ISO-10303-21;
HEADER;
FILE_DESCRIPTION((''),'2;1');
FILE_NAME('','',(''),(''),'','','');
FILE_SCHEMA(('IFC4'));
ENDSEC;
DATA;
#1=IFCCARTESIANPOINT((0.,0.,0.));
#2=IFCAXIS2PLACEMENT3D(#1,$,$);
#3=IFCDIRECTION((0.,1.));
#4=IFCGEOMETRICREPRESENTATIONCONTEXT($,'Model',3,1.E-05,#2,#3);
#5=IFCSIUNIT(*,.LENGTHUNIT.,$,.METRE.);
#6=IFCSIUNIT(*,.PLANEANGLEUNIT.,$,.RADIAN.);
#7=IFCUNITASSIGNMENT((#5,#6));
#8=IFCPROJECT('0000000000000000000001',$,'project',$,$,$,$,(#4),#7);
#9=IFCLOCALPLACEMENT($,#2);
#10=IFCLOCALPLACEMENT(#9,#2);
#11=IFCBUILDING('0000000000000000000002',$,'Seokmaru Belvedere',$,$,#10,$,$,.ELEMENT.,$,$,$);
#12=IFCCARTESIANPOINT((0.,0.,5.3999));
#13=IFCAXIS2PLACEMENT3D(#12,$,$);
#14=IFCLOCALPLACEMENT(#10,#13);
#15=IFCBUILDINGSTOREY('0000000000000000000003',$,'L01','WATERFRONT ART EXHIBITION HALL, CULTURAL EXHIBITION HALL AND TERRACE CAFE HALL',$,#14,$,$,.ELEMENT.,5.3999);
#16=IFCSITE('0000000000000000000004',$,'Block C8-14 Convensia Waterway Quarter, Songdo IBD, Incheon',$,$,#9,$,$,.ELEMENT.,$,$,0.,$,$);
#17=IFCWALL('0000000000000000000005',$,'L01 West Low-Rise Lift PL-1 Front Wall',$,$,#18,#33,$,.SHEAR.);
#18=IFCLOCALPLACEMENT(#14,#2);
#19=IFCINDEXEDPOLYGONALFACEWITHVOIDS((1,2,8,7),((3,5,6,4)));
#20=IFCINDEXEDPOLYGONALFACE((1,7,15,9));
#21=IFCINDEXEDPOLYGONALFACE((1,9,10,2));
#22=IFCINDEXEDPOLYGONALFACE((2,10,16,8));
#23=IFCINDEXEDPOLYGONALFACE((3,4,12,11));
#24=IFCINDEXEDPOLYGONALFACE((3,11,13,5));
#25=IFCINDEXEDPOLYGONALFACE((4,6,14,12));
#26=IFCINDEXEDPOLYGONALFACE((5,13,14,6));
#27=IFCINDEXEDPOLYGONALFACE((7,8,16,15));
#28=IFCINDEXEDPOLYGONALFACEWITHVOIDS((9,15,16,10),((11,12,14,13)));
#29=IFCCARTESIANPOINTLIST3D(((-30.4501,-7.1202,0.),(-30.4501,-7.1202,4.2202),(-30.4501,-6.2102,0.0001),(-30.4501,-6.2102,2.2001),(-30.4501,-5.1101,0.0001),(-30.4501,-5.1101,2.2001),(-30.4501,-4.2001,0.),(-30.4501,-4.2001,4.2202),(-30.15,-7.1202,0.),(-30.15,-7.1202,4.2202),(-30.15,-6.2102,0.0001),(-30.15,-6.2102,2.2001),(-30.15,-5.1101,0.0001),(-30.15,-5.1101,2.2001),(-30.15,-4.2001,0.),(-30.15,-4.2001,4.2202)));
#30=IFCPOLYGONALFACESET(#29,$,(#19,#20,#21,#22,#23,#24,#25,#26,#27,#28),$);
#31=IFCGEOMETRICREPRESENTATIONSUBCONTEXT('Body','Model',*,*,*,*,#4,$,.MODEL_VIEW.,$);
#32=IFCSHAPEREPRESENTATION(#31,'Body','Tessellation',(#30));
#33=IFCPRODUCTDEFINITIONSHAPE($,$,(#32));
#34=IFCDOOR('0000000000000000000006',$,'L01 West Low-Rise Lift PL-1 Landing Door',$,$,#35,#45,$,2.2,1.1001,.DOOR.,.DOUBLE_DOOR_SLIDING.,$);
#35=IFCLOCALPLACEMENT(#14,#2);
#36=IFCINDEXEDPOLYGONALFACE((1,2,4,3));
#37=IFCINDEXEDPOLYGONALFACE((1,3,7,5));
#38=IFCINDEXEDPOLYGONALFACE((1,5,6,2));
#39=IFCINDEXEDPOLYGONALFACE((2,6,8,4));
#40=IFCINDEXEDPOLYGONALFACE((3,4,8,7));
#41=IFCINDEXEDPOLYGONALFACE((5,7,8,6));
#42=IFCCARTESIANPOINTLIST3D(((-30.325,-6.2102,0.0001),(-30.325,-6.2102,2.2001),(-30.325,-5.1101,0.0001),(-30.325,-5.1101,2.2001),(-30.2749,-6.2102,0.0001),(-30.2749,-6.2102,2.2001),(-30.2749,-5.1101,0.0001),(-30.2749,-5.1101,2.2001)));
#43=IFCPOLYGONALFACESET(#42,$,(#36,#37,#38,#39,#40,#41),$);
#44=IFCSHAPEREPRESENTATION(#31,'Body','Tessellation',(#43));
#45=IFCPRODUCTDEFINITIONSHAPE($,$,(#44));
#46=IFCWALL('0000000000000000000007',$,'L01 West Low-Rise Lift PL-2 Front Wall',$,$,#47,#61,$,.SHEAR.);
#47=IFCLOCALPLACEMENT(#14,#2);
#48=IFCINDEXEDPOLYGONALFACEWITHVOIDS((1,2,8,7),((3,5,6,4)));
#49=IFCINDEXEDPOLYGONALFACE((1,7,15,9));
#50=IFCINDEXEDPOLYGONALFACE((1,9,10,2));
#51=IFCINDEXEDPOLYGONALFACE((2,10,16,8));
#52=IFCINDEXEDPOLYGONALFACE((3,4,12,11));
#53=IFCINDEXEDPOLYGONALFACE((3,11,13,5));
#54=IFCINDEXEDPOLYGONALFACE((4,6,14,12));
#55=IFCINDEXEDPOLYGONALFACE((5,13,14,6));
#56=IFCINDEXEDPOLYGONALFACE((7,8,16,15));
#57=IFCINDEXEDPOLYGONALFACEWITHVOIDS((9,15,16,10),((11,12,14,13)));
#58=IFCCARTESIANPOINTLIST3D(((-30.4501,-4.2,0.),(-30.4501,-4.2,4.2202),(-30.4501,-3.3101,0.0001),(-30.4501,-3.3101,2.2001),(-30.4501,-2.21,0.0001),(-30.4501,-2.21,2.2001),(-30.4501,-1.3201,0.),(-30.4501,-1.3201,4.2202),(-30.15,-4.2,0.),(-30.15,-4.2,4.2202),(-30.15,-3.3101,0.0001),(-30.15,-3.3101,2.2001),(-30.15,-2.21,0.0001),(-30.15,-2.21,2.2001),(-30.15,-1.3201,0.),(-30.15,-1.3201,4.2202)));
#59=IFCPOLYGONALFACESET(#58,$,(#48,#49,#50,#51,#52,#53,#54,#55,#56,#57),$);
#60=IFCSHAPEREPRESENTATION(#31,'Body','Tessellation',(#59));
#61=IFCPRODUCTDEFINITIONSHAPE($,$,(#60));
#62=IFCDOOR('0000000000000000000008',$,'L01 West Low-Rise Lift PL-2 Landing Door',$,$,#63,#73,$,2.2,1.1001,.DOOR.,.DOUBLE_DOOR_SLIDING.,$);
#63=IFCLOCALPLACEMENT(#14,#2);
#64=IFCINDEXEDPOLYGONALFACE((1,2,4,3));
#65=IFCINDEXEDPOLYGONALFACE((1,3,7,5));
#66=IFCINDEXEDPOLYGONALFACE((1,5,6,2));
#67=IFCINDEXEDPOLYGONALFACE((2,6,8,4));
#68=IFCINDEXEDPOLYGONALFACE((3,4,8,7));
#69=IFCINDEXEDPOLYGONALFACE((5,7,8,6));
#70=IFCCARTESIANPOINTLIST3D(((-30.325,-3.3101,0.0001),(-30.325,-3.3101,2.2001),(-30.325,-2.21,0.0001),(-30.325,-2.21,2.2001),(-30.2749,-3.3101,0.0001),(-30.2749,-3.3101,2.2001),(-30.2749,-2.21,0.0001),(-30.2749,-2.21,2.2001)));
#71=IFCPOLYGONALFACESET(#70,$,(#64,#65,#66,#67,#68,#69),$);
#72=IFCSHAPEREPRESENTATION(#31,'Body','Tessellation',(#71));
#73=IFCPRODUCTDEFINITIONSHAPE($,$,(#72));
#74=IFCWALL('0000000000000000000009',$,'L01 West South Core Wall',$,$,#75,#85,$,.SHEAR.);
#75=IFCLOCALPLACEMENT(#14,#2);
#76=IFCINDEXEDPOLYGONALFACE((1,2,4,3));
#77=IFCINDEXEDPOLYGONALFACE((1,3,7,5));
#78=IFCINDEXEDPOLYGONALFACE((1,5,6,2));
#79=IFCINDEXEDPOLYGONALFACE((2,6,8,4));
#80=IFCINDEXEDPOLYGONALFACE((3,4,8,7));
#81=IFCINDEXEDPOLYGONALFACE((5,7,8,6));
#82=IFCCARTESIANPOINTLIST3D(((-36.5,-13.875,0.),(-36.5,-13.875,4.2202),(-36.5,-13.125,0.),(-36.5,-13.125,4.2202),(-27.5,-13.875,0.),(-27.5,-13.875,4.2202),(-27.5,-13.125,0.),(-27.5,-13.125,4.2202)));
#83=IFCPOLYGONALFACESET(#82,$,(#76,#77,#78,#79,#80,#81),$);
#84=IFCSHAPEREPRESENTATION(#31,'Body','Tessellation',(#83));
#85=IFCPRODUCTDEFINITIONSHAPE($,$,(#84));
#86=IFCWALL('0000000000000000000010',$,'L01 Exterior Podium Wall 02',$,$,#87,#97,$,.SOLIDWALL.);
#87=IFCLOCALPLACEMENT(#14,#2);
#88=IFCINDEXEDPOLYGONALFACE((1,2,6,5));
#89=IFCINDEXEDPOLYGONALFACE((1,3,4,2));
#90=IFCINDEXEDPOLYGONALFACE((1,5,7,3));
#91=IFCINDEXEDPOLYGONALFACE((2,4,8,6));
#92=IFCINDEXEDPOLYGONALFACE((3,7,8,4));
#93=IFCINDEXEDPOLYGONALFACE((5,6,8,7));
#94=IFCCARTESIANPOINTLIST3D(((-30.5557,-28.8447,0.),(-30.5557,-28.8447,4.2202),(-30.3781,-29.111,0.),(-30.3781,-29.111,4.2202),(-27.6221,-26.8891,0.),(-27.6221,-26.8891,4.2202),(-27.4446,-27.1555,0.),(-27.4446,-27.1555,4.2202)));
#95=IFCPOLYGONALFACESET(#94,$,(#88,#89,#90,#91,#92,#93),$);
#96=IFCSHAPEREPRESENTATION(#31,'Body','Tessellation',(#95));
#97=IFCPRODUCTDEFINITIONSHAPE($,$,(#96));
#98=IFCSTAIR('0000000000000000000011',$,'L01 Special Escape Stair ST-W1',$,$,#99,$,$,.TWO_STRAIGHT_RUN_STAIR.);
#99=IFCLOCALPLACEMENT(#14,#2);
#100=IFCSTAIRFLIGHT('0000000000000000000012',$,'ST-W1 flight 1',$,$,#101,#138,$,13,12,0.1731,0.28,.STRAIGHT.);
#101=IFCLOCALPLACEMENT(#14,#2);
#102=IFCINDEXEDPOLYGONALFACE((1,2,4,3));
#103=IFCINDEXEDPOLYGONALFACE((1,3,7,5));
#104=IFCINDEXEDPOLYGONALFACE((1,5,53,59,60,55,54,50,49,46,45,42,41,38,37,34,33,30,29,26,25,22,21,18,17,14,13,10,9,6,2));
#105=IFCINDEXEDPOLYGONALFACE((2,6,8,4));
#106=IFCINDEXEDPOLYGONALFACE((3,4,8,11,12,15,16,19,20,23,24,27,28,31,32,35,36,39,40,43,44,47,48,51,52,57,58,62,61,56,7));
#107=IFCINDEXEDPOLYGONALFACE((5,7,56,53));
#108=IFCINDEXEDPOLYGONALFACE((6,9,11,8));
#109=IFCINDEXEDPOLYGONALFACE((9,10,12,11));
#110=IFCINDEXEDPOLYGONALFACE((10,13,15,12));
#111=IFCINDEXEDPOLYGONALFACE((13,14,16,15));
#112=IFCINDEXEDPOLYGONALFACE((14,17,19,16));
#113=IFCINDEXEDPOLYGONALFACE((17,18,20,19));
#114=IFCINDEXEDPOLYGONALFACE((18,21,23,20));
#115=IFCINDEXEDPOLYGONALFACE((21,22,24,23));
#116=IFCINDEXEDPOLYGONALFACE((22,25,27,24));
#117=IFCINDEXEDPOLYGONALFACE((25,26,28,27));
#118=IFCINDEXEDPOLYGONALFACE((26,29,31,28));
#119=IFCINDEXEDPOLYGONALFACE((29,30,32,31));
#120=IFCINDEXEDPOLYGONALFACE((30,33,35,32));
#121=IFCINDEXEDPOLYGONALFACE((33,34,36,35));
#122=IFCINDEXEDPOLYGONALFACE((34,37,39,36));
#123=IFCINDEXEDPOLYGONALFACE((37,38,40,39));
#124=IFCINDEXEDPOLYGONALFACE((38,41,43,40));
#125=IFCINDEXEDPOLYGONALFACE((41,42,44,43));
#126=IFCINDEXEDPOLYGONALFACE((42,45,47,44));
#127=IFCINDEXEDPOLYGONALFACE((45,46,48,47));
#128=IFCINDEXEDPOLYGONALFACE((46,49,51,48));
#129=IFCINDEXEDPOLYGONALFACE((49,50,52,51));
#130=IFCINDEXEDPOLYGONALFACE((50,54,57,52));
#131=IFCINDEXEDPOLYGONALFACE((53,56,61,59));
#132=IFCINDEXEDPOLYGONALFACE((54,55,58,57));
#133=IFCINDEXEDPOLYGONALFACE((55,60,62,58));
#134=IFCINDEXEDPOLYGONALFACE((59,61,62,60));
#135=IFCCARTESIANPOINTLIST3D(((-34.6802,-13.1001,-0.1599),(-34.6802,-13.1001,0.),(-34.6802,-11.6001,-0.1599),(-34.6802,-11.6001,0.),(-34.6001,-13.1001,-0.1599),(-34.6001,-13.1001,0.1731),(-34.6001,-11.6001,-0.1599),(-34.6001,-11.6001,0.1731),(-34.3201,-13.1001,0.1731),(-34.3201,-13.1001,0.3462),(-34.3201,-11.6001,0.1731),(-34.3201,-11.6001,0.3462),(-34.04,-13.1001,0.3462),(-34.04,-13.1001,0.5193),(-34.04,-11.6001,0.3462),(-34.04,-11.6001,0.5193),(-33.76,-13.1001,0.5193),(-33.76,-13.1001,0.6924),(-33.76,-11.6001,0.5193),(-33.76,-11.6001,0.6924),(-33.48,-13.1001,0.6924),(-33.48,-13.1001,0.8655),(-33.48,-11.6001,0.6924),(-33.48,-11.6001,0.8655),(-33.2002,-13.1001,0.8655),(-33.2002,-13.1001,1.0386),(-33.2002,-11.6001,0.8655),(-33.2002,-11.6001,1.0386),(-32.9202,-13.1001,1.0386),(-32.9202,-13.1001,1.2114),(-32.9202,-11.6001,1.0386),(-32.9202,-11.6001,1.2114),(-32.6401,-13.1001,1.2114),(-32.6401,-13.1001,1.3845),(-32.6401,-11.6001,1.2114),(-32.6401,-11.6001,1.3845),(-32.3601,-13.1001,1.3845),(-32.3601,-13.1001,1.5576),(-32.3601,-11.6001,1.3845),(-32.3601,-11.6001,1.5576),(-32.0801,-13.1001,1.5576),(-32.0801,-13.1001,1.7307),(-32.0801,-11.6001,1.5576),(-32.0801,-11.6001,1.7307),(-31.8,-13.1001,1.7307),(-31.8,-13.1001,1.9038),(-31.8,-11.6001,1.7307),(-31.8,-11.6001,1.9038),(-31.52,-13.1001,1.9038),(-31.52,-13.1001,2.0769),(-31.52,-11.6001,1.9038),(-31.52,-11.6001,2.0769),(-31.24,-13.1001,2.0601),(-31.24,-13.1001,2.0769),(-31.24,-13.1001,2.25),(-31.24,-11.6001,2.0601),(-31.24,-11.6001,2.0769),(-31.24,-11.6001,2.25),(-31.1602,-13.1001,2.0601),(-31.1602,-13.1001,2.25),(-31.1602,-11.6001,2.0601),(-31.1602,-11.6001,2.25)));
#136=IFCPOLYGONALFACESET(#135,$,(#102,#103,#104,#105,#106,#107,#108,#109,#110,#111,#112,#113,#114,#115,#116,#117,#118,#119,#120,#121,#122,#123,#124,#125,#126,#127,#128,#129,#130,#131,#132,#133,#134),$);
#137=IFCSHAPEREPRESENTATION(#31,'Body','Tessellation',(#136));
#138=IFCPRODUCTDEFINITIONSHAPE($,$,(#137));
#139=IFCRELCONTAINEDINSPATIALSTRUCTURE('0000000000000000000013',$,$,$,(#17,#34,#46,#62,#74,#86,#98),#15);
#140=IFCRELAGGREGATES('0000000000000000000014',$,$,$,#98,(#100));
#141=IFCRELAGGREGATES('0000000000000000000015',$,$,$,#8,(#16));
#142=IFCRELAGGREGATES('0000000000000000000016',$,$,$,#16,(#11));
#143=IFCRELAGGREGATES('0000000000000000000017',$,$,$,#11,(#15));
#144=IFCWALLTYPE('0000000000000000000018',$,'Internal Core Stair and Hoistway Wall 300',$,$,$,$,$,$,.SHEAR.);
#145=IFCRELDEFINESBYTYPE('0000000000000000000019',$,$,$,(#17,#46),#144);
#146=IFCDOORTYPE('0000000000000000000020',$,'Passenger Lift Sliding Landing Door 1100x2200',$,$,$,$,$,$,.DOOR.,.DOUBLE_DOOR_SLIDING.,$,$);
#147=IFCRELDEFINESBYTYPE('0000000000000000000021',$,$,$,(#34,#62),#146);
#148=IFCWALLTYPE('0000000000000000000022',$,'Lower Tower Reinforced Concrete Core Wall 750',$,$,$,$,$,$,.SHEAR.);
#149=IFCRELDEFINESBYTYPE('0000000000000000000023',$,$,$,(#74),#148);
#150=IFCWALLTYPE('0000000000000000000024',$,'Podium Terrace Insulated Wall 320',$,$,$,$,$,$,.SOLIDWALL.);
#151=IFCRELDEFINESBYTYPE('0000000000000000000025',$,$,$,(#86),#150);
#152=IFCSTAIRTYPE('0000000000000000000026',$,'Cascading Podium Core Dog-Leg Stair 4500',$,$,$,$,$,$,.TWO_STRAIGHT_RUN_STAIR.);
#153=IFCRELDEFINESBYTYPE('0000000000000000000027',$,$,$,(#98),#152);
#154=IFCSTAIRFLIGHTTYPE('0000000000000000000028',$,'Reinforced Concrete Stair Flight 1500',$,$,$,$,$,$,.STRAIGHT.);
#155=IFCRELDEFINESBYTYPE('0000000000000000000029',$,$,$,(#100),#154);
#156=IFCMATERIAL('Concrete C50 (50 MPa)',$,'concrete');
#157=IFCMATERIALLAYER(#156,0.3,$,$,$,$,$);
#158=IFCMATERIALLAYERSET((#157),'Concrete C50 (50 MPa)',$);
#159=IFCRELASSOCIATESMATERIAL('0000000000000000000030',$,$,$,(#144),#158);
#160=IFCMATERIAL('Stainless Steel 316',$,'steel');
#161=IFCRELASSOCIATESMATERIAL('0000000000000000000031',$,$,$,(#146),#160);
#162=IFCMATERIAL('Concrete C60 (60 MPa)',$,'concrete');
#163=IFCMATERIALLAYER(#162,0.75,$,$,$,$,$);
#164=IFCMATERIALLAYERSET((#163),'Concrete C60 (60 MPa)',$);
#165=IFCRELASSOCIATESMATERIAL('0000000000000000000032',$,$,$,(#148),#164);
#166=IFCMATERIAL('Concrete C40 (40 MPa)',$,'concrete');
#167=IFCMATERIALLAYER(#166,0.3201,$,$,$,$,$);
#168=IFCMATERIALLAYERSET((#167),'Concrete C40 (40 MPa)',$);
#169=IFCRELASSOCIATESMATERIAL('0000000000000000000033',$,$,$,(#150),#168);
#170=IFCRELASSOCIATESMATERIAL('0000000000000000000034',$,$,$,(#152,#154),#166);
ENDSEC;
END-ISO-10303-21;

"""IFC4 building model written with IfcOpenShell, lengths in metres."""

from ifc_helpers import new_model, si_unit, direction, frame, frame_2d, origin, place, context, subcontext, project, spatial, polyline, rectangle, outline, extrude, source, transform, mapped, material, layer, layer_set, type_object, type_shapes, element, fill, aggregate, save


model = new_model("IFC4")

# Units and contexts
model_context = context("Model", 3, precision=1e-05, world=origin(), true_north=direction((0.0, 1.0)))
body_context = subcontext(model_context, "Body", "Model", "MODEL_VIEW")
ifc_project = project(units=[si_unit("LENGTHUNIT", "METRE"), si_unit("PLANEANGLEUNIT", "RADIAN")], contexts=[model_context])

# Site, building, storey
site_placement = place(None, origin())
site = spatial("IfcSite", under=ifc_project, at=site_placement, Name="Block C8-14 Convensia Waterway Quarter, Songdo IBD, Incheon", CompositionType="ELEMENT", RefElevation=0.0)
building_placement = place(site_placement, origin())
building = spatial("IfcBuilding", under=site, at=building_placement, Name="Seokmaru Belvedere", CompositionType="ELEMENT")
storey_placement = place(building_placement, frame((0.0, 0.0, 5.3999)))
storey = spatial("IfcBuildingStorey", under=building, at=storey_placement, Name="L01", Description="WATERFRONT ART EXHIBITION HALL, CULTURAL EXHIBITION HALL AND TERRACE CAFE HALL", CompositionType="ELEMENT", Elevation=5.3999)

# Shared definitions
ifc_material_1 = material(Name="Concrete C50 (50 MPa)", Category="concrete")

# Walls, openings, doors
ifc_layer_1 = layer(ifc_material_1, 0.3)
ifc_layer_set_1 = layer_set([ifc_layer_1], Name="Concrete C50 (50 MPa)")
wall_type_1 = type_object("IfcWallType", Name="Internal Core Stair and Hoistway Wall 300", PredefinedType="SHEAR", material=ifc_layer_set_1)
ifc_material_2 = material(Name="Stainless Steel 316", Category="steel")
wall_1_placement = place(storey_placement, frame((-30.3, -7.1201, 0.0), z_axis=(0.0, 0.0, 1.0), x_axis=(0.0, 1.0, 0.0)))
wall_1 = element("IfcWall", 1, at=wall_1_placement, inside=storey, type_object=wall_type_1, Name="L01 West Low-Rise Lift PL-1 Front Wall", PredefinedType="SHEAR", context=body_context, shape_type="SweptSolid", body=[
    extrude(rectangle(XDim=2.9202, YDim=0.3, at=frame_2d((1.46, 0.0))), origin(), (0.0, 0.0, 1.0), 4.2202),
])
opening_1_placement = place(wall_1_placement, frame((0.9099, 0.0, 0.0)))
opening_1 = element("IfcOpeningElement", 2, at=opening_1_placement, cuts=wall_1, PredefinedType="OPENING", context=body_context, shape_type="SweptSolid", body=[
    extrude(rectangle(XDim=1.1001, YDim=2.2, at=frame_2d((0.55, 1.1001))), frame((0.0, 0.1602, 0.0), z_axis=(0.0, -1.0, 0.0), x_axis=(1.0, 0.0, 0.0)), (0.0, 0.0, 1.0), 0.3201),
])
door_type_1 = type_object("IfcDoorType", Name="Passenger Lift Sliding Landing Door 1100x2200", OperationType="DOUBLE_DOOR_SLIDING", PredefinedType="DOOR", material=ifc_material_2)
shared_shape_1 = source(origin(), body_context, "Body", "SweptSolid", [
    extrude(rectangle(XDim=1.1001, YDim=2.2, at=frame_2d((0.55, 1.1001))), frame((0.0, 0.0249, 0.0), z_axis=(0.0, -1.0, 0.0), x_axis=(1.0, 0.0, 0.0)), (0.0, 0.0, 1.0), 0.05),
])
type_shapes(door_type_1, [shared_shape_1])
door_1_placement = place(opening_1_placement, origin())
door_1 = element("IfcDoor", 3, at=door_1_placement, inside=storey, type_object=door_type_1, Name="L01 West Low-Rise Lift PL-1 Landing Door", OperationType="DOUBLE_DOOR_SLIDING", OverallHeight=2.2, OverallWidth=1.1001, PredefinedType="DOOR", context=body_context, shape_type="MappedRepresentation", body=[
    mapped(shared_shape_1, transform((0.0, 0.0, 0.0), scale=1.0)),
])
fill(opening_1, door_1)
wall_2_placement = place(storey_placement, frame((-30.3, -4.2, 0.0), z_axis=(0.0, 0.0, 1.0), x_axis=(0.0, 1.0, 0.0)))
wall_2 = element("IfcWall", 4, at=wall_2_placement, inside=storey, type_object=wall_type_1, Name="L01 West Low-Rise Lift PL-2 Front Wall", PredefinedType="SHEAR", context=body_context, shape_type="SweptSolid", body=[
    extrude(rectangle(XDim=2.8799, YDim=0.3, at=frame_2d((1.4399, 0.0))), origin(), (0.0, 0.0, 1.0), 4.2202),
])
opening_2_placement = place(wall_2_placement, frame((0.8899, 0.0, 0.0)))
opening_2 = element("IfcOpeningElement", 5, at=opening_2_placement, cuts=wall_2, PredefinedType="OPENING", context=body_context, shape_type="SweptSolid", body=[
    extrude(rectangle(XDim=1.1001, YDim=2.2, at=frame_2d((0.55, 1.1001))), frame((0.0, 0.1602, 0.0), z_axis=(0.0, -1.0, 0.0), x_axis=(1.0, 0.0, 0.0)), (0.0, 0.0, 1.0), 0.3201),
])
door_2_placement = place(opening_2_placement, origin())
door_2 = element("IfcDoor", 6, at=door_2_placement, inside=storey, type_object=door_type_1, Name="L01 West Low-Rise Lift PL-2 Landing Door", OperationType="DOUBLE_DOOR_SLIDING", OverallHeight=2.2, OverallWidth=1.1001, PredefinedType="DOOR", context=body_context, shape_type="MappedRepresentation", body=[
    mapped(shared_shape_1, transform((0.0, 0.0, 0.0), scale=1.0)),
])
fill(opening_2, door_2)

# Wall
ifc_material_3 = material(Name="Concrete C60 (60 MPa)", Category="concrete")
ifc_layer_2 = layer(ifc_material_3, 0.75)
ifc_layer_set_2 = layer_set([ifc_layer_2], Name="Concrete C60 (60 MPa)")
wall_type_2 = type_object("IfcWallType", Name="Lower Tower Reinforced Concrete Core Wall 750", PredefinedType="SHEAR", material=ifc_layer_set_2)
wall_3_placement = place(storey_placement, frame((-36.5, -13.5, 0.0), z_axis=(0.0, 0.0, 1.0), x_axis=(1.0, 0.0, 0.0)))
element("IfcWall", 7, at=wall_3_placement, inside=storey, type_object=wall_type_2, Name="L01 West South Core Wall", PredefinedType="SHEAR", context=body_context, shape_type="SweptSolid", body=[
    extrude(rectangle(XDim=9.0, YDim=0.75, at=frame_2d((4.5, 0.0))), origin(), (0.0, 0.0, 1.0), 4.2202),
])

# Wall
ifc_material_4 = material(Name="Concrete C40 (40 MPa)", Category="concrete")
ifc_layer_3 = layer(ifc_material_4, 0.3201)
ifc_layer_set_3 = layer_set([ifc_layer_3], Name="Concrete C40 (40 MPa)")
wall_type_3 = type_object("IfcWallType", Name="Podium Terrace Insulated Wall 320", PredefinedType="SOLIDWALL", material=ifc_layer_set_3)
wall_4_placement = place(storey_placement, frame((-30.4668, -28.9778, 0.0), z_axis=(0.0, 0.0, 1.0), x_axis=(0.832072, 0.554668, 0.0)))
element("IfcWall", 8, at=wall_4_placement, inside=storey, type_object=wall_type_3, Name="L01 Exterior Podium Wall 02", PredefinedType="SOLIDWALL", context=body_context, shape_type="SweptSolid", body=[
    extrude(rectangle(XDim=3.5256, YDim=0.3201, at=frame_2d((1.7627, 0.0))), origin(), (0.0, 0.0, 1.0), 4.2202),
])

# Stair, stair flight
stair_type = type_object("IfcStairType", Name="Cascading Podium Core Dog-Leg Stair 4500", PredefinedType="TWO_STRAIGHT_RUN_STAIR", material=ifc_material_4)
stair_placement = place(storey_placement, origin())
stair = element("IfcStair", 9, at=stair_placement, inside=storey, type_object=stair_type, Name="L01 Special Escape Stair ST-W1", PredefinedType="TWO_STRAIGHT_RUN_STAIR")
stair_flight_type = type_object("IfcStairFlightType", Name="Reinforced Concrete Stair Flight 1500", PredefinedType="STRAIGHT", material=ifc_material_4)
stair_flight_1_placement = place(storey_placement, frame((-34.6001, -12.3501, 0.0), z_axis=(0.0, 0.0, 1.0), x_axis=(1.0, 0.0, 0.0)))
stair_flight_1 = element("IfcStairFlight", 10, at=stair_flight_1_placement, type_object=stair_flight_type, Name="ST-W1 flight 1", NumberOfRisers=13, NumberOfTreads=12, PredefinedType="STRAIGHT", RiserHeight=0.1731, TreadLength=0.28, context=body_context, shape_type="SweptSolid", body=[
    extrude(outline(polyline([(-0.0801, 0.0), (0.0, 0.1731), (0.28, 0.1731), (0.28, 0.3462), (0.5601, 0.3462), (0.5601, 0.5193), (0.8401, 0.5193), (0.8401, 0.6924), (1.1201, 0.6924), (1.1201, 0.8655), (1.3999, 0.8655), (1.3999, 1.0386), (1.6799, 1.0386), (1.6799, 1.2114), (1.96, 1.2114), (1.96, 1.3845), (2.24, 1.3845), (2.24, 1.5576), (2.52, 1.5576), (2.52, 1.7307), (2.8, 1.7307), (2.8, 1.9038), (3.0801, 1.9038), (3.0801, 2.0769), (3.3601, 2.0769), (3.3601, 2.25), (3.4399, 2.25), (3.4399, 2.0601), (3.3601, 2.0601), (0.0, -0.1599), (-0.0801, -0.1599), (-0.0801, 0.0)])), frame((0.0, 0.75, 0.0), z_axis=(0.0, -1.0, 0.0), x_axis=(1.0, 0.0, 0.0)), (0.0, 0.0, 1.0), 1.5),
])
aggregate(stair, [stair_flight_1])

save(model, "model.ifc")
